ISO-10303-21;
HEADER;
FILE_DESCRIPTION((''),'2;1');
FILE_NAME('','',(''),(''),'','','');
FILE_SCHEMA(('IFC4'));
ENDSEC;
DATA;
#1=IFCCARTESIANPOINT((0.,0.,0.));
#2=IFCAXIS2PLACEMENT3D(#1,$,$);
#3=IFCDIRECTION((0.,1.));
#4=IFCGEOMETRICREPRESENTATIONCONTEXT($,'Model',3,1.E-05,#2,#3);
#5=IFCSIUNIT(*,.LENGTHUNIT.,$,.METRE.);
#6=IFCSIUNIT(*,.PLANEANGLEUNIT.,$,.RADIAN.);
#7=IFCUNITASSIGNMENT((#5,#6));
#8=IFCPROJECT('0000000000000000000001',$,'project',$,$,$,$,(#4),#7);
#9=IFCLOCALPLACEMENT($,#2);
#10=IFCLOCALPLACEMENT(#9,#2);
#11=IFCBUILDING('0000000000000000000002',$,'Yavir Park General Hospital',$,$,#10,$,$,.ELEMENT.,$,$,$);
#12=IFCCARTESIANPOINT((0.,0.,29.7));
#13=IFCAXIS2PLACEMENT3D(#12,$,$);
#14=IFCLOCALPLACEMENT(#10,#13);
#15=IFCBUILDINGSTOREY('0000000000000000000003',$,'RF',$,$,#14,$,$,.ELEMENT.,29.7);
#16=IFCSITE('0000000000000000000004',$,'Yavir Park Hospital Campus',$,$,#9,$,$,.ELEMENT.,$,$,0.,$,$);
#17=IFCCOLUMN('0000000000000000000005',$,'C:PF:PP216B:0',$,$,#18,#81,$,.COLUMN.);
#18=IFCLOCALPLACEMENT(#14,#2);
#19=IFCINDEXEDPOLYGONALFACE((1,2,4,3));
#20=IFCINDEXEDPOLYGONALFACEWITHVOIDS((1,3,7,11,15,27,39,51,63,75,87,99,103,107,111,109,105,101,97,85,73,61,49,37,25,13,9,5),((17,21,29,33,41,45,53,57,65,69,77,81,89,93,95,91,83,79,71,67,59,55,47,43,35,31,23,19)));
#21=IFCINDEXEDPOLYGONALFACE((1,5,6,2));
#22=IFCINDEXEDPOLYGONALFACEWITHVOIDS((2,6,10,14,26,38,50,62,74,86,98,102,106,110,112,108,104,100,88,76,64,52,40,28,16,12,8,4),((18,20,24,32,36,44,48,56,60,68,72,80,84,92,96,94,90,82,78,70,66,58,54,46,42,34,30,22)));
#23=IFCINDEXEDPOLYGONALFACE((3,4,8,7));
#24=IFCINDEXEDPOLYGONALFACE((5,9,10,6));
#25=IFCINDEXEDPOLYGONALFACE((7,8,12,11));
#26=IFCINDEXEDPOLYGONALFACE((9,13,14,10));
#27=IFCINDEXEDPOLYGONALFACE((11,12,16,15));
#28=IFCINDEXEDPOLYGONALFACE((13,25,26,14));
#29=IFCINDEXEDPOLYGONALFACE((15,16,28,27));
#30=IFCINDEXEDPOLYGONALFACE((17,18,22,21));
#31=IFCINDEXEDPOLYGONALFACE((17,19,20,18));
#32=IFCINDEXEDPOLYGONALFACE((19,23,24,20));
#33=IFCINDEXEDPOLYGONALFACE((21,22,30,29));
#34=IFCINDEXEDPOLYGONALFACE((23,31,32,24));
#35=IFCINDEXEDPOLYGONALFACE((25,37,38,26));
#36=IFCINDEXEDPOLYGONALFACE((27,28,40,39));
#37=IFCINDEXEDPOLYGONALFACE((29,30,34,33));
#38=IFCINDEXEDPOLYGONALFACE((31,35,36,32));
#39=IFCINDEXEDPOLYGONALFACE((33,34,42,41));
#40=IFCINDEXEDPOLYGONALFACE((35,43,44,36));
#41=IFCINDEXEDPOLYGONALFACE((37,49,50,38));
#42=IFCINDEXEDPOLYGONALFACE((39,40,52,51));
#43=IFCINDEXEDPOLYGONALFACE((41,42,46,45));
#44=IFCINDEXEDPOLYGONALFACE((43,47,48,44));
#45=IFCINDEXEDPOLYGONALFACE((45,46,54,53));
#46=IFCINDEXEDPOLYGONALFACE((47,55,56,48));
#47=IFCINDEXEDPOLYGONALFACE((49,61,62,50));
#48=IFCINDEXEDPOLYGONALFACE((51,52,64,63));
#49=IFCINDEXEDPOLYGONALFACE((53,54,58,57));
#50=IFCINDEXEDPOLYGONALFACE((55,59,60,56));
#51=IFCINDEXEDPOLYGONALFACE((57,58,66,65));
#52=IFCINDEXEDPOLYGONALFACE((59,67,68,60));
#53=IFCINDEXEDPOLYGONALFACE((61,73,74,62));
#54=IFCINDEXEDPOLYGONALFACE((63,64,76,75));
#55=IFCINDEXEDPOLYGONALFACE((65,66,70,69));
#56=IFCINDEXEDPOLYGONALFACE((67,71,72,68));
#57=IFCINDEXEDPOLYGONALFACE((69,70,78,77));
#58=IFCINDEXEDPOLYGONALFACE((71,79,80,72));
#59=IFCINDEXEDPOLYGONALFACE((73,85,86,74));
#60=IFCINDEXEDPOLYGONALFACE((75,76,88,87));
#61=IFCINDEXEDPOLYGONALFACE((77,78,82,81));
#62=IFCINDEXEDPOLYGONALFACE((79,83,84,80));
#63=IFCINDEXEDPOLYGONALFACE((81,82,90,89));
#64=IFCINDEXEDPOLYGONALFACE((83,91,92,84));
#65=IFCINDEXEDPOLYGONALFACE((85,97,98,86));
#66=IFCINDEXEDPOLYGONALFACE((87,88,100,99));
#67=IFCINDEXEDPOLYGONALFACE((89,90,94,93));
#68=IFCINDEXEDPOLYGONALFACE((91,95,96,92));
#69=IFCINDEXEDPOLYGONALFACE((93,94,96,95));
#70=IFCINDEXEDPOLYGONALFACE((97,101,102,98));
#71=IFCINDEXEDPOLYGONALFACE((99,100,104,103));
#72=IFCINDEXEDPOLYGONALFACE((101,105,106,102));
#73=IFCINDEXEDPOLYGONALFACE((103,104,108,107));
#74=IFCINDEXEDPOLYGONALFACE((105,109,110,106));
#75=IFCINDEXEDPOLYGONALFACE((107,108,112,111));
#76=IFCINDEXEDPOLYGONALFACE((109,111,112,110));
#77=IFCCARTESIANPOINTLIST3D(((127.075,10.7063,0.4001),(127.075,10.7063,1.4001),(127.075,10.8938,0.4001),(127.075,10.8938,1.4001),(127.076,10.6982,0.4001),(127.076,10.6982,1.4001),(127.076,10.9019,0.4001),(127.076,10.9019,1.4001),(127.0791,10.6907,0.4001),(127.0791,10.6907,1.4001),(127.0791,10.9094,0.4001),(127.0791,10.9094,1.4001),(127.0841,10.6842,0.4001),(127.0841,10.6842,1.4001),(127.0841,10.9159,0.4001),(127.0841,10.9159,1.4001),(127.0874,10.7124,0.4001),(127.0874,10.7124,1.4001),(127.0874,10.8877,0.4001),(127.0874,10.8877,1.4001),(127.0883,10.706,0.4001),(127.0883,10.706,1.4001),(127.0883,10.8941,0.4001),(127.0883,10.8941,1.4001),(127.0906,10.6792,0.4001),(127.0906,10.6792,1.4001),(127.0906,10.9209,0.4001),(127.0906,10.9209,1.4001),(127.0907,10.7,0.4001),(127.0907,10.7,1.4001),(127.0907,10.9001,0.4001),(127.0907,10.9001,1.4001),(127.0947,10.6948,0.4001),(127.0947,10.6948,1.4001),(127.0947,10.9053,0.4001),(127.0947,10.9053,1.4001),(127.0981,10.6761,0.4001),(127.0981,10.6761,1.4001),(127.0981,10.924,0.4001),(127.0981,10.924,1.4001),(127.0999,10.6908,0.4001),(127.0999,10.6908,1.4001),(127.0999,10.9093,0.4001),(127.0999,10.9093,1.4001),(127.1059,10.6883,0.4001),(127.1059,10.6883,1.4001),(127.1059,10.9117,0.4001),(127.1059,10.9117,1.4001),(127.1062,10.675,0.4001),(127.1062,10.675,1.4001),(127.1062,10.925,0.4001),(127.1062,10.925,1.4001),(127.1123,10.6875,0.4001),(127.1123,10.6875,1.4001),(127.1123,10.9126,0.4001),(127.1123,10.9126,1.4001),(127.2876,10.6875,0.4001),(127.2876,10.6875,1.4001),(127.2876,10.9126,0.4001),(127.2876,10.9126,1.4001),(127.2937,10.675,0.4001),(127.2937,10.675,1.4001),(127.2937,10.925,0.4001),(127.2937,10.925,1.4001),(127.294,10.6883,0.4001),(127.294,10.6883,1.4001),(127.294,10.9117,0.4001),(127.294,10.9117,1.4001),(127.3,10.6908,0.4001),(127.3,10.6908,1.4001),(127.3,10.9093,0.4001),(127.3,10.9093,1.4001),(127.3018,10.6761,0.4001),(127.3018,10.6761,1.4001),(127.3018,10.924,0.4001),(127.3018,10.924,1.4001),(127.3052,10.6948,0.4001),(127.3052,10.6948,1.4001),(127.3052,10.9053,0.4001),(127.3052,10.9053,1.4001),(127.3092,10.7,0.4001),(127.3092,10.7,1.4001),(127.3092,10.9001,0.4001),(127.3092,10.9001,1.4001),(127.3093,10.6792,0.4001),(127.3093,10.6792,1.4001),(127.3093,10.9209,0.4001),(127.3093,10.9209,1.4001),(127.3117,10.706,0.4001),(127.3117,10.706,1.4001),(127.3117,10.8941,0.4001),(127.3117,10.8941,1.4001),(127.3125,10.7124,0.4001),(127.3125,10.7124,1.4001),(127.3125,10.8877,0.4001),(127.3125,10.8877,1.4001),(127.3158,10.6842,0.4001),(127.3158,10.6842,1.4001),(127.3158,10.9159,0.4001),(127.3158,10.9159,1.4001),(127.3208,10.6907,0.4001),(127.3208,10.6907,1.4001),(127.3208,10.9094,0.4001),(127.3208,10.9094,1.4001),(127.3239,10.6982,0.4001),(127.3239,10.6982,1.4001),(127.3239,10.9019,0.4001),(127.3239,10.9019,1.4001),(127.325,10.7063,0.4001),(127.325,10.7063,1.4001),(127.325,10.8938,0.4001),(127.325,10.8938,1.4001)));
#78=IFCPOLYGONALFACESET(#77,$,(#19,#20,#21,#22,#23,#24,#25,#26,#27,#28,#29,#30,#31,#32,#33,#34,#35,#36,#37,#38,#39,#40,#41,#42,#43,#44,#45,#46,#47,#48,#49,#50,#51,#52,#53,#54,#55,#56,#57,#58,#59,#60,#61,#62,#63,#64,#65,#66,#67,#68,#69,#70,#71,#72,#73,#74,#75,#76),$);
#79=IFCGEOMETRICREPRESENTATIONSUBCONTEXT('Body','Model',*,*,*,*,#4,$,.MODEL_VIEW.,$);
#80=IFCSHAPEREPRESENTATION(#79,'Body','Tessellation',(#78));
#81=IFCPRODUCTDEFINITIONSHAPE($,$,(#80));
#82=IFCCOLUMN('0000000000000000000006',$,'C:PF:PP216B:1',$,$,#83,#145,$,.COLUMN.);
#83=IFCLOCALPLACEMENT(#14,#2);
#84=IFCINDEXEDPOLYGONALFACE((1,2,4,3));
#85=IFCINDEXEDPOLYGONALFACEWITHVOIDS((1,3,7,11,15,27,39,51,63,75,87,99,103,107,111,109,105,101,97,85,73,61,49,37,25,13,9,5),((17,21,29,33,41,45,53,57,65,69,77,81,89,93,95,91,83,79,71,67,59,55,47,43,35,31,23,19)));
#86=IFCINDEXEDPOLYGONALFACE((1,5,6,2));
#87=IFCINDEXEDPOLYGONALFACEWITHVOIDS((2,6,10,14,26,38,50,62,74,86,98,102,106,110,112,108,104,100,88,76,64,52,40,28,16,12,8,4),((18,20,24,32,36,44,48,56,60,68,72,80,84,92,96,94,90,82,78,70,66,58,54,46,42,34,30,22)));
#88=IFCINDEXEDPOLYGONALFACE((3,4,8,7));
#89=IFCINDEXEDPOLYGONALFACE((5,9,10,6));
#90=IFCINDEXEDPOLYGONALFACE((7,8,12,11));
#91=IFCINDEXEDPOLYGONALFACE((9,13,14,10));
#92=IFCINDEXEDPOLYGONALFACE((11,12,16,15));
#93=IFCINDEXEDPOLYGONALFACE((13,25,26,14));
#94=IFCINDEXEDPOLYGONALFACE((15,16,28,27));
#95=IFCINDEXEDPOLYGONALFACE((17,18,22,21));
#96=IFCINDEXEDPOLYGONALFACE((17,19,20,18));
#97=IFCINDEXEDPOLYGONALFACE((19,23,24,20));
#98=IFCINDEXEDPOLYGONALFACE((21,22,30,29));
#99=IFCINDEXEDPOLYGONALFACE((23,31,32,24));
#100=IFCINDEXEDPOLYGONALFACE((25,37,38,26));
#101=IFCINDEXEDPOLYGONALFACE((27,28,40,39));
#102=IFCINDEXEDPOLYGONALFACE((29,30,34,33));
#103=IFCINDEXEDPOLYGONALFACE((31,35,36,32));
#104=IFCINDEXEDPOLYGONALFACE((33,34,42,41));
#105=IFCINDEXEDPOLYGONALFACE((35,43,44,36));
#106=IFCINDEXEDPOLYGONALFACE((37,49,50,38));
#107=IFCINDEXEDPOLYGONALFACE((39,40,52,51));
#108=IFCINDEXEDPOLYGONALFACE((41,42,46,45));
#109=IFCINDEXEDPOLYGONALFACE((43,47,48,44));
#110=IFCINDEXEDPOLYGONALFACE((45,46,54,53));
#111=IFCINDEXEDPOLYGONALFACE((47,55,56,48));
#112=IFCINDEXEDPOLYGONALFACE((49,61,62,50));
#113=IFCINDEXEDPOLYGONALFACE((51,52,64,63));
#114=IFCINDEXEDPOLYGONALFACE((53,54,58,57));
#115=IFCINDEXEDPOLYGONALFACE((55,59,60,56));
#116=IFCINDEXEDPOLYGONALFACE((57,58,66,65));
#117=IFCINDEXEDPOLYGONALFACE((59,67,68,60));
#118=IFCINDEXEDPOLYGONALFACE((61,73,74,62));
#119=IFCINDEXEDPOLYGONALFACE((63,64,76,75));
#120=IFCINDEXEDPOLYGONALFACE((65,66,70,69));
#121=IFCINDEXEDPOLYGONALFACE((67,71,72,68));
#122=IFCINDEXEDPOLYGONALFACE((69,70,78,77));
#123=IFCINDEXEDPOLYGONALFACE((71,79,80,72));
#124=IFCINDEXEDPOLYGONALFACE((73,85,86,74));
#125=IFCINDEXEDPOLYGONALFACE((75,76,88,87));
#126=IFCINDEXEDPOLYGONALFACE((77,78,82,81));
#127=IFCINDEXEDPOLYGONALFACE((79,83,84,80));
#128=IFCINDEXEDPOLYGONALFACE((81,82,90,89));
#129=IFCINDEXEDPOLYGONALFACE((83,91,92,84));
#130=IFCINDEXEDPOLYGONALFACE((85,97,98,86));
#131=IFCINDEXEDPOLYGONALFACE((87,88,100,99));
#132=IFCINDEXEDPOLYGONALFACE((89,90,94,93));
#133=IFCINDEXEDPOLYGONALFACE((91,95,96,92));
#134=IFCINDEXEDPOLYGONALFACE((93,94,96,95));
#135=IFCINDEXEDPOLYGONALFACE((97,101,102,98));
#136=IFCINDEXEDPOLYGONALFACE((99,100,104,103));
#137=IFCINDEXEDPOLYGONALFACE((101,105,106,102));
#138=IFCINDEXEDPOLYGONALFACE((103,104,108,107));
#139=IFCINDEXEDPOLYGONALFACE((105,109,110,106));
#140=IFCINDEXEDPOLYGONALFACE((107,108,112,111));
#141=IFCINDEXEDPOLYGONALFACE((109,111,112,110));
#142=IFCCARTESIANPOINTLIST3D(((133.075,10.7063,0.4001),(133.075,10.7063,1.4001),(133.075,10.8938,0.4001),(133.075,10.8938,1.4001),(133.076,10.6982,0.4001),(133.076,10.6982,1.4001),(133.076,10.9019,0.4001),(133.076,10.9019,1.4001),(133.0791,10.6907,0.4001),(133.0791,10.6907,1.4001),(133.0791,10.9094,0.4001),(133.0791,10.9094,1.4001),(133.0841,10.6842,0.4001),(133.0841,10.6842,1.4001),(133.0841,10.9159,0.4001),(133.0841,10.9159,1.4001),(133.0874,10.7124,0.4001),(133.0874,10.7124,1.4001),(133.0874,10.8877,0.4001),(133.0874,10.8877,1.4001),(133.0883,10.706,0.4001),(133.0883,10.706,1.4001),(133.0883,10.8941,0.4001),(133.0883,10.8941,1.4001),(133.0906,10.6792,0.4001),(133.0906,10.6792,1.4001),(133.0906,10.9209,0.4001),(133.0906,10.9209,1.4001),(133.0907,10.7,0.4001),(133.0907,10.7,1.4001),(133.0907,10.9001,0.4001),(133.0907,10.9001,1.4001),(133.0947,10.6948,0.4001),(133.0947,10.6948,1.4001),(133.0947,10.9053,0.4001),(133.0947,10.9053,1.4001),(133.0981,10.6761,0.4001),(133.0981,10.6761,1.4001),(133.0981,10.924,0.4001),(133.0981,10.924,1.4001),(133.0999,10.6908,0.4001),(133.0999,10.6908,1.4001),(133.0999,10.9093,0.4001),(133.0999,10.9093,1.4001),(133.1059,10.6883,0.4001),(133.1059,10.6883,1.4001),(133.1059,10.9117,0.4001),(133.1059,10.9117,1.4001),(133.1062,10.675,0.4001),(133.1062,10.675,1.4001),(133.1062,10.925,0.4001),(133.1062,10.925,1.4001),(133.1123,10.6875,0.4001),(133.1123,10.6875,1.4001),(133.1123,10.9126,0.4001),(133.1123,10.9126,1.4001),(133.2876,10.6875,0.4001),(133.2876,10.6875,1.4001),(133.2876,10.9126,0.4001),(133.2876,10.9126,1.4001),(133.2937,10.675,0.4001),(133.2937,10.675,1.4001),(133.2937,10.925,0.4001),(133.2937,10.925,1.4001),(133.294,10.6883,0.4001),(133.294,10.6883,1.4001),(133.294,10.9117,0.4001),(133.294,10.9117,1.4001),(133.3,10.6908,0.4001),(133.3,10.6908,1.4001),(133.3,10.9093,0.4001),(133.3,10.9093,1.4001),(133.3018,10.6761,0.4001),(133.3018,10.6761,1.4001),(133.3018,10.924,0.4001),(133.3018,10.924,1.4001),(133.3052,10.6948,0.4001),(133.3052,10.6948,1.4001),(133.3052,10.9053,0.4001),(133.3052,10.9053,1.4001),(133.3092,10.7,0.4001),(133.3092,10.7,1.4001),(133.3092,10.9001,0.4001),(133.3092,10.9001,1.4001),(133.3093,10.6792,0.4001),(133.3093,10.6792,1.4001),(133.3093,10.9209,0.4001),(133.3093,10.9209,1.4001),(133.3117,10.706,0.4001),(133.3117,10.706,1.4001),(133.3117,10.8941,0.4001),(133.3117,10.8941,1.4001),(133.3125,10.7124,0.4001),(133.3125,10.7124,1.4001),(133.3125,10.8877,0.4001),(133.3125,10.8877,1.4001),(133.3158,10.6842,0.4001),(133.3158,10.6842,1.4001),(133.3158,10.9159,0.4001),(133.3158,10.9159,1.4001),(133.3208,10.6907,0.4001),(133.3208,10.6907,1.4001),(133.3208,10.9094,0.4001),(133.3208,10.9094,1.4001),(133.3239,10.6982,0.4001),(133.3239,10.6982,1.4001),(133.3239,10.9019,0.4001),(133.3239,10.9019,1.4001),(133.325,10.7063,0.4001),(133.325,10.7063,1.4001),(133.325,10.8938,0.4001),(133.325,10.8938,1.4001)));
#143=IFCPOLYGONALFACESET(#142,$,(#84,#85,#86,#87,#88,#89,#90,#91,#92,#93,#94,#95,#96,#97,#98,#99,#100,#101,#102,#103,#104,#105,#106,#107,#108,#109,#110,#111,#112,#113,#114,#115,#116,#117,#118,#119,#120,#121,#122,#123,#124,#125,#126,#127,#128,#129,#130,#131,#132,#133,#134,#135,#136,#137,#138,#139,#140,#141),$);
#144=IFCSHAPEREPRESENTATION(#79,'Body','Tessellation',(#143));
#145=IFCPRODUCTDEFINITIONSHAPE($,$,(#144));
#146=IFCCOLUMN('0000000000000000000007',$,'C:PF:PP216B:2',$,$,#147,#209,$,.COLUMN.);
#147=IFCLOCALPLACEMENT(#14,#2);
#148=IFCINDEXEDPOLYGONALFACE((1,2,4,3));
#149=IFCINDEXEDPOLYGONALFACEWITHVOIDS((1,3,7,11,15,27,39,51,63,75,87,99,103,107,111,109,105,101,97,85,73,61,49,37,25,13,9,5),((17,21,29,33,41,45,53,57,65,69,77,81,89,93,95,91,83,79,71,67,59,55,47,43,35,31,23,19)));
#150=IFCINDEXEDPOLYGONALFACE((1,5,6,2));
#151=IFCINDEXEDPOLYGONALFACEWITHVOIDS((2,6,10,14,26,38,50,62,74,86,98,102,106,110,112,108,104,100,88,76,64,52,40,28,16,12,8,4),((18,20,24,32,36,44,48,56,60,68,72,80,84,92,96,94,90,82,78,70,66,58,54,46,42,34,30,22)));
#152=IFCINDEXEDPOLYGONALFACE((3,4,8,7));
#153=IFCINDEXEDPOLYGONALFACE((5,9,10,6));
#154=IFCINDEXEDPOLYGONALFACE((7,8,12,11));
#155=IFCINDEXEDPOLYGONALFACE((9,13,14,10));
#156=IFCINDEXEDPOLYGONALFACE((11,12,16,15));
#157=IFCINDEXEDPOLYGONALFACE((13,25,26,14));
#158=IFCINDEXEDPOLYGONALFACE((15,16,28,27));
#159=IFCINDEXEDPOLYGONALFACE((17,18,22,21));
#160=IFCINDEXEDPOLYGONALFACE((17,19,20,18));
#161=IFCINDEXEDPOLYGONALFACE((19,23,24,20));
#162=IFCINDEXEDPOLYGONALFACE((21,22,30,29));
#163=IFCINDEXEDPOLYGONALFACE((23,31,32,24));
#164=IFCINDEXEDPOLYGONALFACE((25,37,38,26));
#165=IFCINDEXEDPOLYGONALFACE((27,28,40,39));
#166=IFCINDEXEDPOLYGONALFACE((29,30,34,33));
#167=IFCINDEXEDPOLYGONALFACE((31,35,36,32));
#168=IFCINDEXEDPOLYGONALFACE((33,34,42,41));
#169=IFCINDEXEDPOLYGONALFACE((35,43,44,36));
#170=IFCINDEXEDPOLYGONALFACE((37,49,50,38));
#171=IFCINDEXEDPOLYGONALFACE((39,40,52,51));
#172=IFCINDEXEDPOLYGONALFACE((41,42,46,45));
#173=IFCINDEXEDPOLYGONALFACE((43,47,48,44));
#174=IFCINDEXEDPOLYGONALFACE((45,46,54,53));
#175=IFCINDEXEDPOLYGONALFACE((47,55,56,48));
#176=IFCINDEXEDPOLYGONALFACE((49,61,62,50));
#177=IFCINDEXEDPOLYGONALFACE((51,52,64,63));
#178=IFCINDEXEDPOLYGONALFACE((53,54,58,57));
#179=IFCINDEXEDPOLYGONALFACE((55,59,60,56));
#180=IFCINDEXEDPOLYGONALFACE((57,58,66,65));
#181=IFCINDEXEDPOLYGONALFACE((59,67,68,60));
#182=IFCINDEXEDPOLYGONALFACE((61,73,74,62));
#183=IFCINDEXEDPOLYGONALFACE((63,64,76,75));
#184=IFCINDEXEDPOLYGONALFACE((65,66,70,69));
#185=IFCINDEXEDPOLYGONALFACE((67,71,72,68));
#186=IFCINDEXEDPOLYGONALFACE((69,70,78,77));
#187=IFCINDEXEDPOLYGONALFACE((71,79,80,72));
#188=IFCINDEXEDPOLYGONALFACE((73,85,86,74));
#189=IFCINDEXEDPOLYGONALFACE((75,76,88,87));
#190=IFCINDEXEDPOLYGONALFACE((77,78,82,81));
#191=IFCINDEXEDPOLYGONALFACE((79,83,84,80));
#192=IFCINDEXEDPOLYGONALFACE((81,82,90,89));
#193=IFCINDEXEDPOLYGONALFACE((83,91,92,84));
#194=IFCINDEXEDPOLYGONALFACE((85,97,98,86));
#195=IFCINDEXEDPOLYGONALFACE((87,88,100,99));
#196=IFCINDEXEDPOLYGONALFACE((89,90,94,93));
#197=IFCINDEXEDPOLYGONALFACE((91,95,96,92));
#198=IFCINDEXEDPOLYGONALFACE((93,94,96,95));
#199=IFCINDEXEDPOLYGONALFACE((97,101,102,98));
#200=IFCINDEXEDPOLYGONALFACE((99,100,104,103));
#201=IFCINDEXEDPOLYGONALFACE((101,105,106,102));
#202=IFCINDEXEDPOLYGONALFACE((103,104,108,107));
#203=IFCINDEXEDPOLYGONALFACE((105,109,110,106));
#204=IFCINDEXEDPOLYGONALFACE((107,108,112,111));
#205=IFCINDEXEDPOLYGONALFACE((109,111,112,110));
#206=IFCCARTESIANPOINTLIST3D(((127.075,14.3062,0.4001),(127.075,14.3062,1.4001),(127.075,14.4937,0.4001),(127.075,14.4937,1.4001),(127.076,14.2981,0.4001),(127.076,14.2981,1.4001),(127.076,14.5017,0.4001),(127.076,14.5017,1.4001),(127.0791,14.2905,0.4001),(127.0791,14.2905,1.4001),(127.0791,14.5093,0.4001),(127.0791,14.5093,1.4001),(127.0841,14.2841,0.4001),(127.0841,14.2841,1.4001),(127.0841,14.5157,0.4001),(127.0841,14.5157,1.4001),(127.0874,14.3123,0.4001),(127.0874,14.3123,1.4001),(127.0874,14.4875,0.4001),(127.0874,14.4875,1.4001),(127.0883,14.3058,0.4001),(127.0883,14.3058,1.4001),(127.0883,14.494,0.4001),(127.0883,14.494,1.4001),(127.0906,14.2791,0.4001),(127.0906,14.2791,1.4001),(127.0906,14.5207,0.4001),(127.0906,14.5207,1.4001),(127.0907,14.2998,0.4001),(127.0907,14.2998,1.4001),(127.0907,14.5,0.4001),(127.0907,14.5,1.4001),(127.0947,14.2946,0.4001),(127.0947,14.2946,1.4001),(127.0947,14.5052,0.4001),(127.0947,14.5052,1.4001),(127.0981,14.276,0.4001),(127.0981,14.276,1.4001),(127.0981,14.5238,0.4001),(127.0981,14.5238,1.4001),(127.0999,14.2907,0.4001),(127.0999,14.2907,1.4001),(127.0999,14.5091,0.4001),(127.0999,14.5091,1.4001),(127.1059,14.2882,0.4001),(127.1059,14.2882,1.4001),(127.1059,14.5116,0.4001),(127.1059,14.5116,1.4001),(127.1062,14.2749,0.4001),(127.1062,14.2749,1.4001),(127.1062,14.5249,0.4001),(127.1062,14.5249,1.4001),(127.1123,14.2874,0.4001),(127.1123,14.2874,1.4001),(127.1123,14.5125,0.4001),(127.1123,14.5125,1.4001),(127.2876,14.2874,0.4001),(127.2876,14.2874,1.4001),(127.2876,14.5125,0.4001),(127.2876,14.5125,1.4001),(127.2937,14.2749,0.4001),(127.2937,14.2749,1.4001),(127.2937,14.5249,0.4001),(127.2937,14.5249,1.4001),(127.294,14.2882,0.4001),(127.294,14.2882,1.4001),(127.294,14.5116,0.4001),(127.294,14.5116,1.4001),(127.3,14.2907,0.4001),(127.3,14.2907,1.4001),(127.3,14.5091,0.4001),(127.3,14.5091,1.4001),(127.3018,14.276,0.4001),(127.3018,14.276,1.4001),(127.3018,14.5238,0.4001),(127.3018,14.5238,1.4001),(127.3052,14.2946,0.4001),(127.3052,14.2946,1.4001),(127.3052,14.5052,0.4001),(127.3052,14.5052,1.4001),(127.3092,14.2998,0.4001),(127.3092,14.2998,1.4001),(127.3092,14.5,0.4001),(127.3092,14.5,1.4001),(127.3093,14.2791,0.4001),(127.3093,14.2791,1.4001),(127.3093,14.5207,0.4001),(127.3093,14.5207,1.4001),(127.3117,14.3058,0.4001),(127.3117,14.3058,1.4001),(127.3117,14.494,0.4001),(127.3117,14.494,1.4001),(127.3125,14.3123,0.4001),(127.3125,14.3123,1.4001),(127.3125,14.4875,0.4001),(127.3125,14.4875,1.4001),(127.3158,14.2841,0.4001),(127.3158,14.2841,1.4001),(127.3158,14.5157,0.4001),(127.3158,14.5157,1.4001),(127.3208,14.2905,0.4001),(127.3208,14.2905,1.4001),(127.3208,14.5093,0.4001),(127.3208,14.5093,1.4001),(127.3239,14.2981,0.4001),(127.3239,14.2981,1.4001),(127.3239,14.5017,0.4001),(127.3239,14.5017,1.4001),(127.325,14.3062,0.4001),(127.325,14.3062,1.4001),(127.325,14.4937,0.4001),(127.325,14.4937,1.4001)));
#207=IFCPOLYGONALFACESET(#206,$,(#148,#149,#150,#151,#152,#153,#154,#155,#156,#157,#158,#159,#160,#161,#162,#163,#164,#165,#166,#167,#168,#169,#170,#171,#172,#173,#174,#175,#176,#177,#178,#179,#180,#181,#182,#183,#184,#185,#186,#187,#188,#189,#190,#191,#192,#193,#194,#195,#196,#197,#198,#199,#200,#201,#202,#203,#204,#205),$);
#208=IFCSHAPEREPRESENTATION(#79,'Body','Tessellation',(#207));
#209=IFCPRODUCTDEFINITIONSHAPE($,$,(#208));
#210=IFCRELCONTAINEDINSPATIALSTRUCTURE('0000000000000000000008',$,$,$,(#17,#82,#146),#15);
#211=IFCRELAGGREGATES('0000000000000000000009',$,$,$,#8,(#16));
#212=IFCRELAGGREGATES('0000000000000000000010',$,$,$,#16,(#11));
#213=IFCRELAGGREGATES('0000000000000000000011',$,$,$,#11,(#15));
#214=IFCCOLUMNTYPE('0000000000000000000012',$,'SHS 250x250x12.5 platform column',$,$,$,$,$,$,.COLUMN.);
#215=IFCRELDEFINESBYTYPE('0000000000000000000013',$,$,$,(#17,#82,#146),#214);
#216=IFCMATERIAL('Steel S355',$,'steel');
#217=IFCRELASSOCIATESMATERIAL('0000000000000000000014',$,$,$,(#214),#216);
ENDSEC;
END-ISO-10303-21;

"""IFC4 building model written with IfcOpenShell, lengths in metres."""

from ifc_helpers import new_model, si_unit, direction, frame, origin, origin_2d, place, context, subcontext, project, spatial, hollow_rectangle, extrude, material, material_profile, profile_set, type_object, element, save


model = new_model("IFC4")

# Units and contexts
model_context = context("Model", 3, precision=1e-05, world=origin(), true_north=direction((0.0, 1.0)))
body_context = subcontext(model_context, "Body", "Model", "MODEL_VIEW")
ifc_project = project(units=[si_unit("LENGTHUNIT", "METRE"), si_unit("PLANEANGLEUNIT", "RADIAN")], contexts=[model_context])

# Site, building, storey
site_placement = place(None, origin())
site = spatial("IfcSite", under=ifc_project, at=site_placement, Name="Yavir Park Hospital Campus", CompositionType="ELEMENT", RefElevation=0.0)
building_placement = place(site_placement, origin())
building = spatial("IfcBuilding", under=site, at=building_placement, Name="Yavir Park General Hospital", CompositionType="ELEMENT")
storey_placement = place(building_placement, frame((0.0, 0.0, 29.7)))
storey = spatial("IfcBuildingStorey", under=building, at=storey_placement, Name="RF", CompositionType="ELEMENT", Elevation=29.7)

# Columns
ifc_material_1 = material(Name="Steel S355", Category="steel")
ifc_material_profile_1 = material_profile(ifc_material_1, hollow_rectangle(XDim=0.25, YDim=0.25, WallThickness=0.0125, InnerFilletRadius=0.0249, OuterFilletRadius=0.0312, at=origin_2d()), Name="SHS250x250x12.5")
ifc_profile_set_1 = profile_set([ifc_material_profile_1], Name="Steel S355")
column_type_1 = type_object("IfcColumnType", Name="SHS 250x250x12.5 platform column", PredefinedType="COLUMN", material=ifc_profile_set_1)
for number, where, z_axis, x_axis, name in (
    (1, (127.2, 10.8, 0.4001), (0.0, 0.0, 1.0), (1.0, 0.0, 0.0), "C:PF:PP216B:0"),
    (2, (133.2, 10.8, 0.4001), (0.0, 0.0, 1.0), (1.0, 0.0, 0.0), "C:PF:PP216B:1"),
    (3, (127.2, 14.3999, 0.4001), (0.0, 0.0, 1.0), (1.0, 0.0, 0.0), "C:PF:PP216B:2"),
):
    element("IfcColumn", number, at=place(storey_placement, frame(where, z_axis=z_axis, x_axis=x_axis)), inside=storey, type_object=column_type_1, Name=name, PredefinedType="COLUMN", context=body_context, shape_type="SweptSolid", body=[
        extrude(hollow_rectangle(XDim=0.25, YDim=0.25, WallThickness=0.0125, InnerFilletRadius=0.0249, OuterFilletRadius=0.0312, at=origin_2d()), origin(), (0.0, 0.0, 1.0), 1.0),
    ])

save(model, "model.ifc")
